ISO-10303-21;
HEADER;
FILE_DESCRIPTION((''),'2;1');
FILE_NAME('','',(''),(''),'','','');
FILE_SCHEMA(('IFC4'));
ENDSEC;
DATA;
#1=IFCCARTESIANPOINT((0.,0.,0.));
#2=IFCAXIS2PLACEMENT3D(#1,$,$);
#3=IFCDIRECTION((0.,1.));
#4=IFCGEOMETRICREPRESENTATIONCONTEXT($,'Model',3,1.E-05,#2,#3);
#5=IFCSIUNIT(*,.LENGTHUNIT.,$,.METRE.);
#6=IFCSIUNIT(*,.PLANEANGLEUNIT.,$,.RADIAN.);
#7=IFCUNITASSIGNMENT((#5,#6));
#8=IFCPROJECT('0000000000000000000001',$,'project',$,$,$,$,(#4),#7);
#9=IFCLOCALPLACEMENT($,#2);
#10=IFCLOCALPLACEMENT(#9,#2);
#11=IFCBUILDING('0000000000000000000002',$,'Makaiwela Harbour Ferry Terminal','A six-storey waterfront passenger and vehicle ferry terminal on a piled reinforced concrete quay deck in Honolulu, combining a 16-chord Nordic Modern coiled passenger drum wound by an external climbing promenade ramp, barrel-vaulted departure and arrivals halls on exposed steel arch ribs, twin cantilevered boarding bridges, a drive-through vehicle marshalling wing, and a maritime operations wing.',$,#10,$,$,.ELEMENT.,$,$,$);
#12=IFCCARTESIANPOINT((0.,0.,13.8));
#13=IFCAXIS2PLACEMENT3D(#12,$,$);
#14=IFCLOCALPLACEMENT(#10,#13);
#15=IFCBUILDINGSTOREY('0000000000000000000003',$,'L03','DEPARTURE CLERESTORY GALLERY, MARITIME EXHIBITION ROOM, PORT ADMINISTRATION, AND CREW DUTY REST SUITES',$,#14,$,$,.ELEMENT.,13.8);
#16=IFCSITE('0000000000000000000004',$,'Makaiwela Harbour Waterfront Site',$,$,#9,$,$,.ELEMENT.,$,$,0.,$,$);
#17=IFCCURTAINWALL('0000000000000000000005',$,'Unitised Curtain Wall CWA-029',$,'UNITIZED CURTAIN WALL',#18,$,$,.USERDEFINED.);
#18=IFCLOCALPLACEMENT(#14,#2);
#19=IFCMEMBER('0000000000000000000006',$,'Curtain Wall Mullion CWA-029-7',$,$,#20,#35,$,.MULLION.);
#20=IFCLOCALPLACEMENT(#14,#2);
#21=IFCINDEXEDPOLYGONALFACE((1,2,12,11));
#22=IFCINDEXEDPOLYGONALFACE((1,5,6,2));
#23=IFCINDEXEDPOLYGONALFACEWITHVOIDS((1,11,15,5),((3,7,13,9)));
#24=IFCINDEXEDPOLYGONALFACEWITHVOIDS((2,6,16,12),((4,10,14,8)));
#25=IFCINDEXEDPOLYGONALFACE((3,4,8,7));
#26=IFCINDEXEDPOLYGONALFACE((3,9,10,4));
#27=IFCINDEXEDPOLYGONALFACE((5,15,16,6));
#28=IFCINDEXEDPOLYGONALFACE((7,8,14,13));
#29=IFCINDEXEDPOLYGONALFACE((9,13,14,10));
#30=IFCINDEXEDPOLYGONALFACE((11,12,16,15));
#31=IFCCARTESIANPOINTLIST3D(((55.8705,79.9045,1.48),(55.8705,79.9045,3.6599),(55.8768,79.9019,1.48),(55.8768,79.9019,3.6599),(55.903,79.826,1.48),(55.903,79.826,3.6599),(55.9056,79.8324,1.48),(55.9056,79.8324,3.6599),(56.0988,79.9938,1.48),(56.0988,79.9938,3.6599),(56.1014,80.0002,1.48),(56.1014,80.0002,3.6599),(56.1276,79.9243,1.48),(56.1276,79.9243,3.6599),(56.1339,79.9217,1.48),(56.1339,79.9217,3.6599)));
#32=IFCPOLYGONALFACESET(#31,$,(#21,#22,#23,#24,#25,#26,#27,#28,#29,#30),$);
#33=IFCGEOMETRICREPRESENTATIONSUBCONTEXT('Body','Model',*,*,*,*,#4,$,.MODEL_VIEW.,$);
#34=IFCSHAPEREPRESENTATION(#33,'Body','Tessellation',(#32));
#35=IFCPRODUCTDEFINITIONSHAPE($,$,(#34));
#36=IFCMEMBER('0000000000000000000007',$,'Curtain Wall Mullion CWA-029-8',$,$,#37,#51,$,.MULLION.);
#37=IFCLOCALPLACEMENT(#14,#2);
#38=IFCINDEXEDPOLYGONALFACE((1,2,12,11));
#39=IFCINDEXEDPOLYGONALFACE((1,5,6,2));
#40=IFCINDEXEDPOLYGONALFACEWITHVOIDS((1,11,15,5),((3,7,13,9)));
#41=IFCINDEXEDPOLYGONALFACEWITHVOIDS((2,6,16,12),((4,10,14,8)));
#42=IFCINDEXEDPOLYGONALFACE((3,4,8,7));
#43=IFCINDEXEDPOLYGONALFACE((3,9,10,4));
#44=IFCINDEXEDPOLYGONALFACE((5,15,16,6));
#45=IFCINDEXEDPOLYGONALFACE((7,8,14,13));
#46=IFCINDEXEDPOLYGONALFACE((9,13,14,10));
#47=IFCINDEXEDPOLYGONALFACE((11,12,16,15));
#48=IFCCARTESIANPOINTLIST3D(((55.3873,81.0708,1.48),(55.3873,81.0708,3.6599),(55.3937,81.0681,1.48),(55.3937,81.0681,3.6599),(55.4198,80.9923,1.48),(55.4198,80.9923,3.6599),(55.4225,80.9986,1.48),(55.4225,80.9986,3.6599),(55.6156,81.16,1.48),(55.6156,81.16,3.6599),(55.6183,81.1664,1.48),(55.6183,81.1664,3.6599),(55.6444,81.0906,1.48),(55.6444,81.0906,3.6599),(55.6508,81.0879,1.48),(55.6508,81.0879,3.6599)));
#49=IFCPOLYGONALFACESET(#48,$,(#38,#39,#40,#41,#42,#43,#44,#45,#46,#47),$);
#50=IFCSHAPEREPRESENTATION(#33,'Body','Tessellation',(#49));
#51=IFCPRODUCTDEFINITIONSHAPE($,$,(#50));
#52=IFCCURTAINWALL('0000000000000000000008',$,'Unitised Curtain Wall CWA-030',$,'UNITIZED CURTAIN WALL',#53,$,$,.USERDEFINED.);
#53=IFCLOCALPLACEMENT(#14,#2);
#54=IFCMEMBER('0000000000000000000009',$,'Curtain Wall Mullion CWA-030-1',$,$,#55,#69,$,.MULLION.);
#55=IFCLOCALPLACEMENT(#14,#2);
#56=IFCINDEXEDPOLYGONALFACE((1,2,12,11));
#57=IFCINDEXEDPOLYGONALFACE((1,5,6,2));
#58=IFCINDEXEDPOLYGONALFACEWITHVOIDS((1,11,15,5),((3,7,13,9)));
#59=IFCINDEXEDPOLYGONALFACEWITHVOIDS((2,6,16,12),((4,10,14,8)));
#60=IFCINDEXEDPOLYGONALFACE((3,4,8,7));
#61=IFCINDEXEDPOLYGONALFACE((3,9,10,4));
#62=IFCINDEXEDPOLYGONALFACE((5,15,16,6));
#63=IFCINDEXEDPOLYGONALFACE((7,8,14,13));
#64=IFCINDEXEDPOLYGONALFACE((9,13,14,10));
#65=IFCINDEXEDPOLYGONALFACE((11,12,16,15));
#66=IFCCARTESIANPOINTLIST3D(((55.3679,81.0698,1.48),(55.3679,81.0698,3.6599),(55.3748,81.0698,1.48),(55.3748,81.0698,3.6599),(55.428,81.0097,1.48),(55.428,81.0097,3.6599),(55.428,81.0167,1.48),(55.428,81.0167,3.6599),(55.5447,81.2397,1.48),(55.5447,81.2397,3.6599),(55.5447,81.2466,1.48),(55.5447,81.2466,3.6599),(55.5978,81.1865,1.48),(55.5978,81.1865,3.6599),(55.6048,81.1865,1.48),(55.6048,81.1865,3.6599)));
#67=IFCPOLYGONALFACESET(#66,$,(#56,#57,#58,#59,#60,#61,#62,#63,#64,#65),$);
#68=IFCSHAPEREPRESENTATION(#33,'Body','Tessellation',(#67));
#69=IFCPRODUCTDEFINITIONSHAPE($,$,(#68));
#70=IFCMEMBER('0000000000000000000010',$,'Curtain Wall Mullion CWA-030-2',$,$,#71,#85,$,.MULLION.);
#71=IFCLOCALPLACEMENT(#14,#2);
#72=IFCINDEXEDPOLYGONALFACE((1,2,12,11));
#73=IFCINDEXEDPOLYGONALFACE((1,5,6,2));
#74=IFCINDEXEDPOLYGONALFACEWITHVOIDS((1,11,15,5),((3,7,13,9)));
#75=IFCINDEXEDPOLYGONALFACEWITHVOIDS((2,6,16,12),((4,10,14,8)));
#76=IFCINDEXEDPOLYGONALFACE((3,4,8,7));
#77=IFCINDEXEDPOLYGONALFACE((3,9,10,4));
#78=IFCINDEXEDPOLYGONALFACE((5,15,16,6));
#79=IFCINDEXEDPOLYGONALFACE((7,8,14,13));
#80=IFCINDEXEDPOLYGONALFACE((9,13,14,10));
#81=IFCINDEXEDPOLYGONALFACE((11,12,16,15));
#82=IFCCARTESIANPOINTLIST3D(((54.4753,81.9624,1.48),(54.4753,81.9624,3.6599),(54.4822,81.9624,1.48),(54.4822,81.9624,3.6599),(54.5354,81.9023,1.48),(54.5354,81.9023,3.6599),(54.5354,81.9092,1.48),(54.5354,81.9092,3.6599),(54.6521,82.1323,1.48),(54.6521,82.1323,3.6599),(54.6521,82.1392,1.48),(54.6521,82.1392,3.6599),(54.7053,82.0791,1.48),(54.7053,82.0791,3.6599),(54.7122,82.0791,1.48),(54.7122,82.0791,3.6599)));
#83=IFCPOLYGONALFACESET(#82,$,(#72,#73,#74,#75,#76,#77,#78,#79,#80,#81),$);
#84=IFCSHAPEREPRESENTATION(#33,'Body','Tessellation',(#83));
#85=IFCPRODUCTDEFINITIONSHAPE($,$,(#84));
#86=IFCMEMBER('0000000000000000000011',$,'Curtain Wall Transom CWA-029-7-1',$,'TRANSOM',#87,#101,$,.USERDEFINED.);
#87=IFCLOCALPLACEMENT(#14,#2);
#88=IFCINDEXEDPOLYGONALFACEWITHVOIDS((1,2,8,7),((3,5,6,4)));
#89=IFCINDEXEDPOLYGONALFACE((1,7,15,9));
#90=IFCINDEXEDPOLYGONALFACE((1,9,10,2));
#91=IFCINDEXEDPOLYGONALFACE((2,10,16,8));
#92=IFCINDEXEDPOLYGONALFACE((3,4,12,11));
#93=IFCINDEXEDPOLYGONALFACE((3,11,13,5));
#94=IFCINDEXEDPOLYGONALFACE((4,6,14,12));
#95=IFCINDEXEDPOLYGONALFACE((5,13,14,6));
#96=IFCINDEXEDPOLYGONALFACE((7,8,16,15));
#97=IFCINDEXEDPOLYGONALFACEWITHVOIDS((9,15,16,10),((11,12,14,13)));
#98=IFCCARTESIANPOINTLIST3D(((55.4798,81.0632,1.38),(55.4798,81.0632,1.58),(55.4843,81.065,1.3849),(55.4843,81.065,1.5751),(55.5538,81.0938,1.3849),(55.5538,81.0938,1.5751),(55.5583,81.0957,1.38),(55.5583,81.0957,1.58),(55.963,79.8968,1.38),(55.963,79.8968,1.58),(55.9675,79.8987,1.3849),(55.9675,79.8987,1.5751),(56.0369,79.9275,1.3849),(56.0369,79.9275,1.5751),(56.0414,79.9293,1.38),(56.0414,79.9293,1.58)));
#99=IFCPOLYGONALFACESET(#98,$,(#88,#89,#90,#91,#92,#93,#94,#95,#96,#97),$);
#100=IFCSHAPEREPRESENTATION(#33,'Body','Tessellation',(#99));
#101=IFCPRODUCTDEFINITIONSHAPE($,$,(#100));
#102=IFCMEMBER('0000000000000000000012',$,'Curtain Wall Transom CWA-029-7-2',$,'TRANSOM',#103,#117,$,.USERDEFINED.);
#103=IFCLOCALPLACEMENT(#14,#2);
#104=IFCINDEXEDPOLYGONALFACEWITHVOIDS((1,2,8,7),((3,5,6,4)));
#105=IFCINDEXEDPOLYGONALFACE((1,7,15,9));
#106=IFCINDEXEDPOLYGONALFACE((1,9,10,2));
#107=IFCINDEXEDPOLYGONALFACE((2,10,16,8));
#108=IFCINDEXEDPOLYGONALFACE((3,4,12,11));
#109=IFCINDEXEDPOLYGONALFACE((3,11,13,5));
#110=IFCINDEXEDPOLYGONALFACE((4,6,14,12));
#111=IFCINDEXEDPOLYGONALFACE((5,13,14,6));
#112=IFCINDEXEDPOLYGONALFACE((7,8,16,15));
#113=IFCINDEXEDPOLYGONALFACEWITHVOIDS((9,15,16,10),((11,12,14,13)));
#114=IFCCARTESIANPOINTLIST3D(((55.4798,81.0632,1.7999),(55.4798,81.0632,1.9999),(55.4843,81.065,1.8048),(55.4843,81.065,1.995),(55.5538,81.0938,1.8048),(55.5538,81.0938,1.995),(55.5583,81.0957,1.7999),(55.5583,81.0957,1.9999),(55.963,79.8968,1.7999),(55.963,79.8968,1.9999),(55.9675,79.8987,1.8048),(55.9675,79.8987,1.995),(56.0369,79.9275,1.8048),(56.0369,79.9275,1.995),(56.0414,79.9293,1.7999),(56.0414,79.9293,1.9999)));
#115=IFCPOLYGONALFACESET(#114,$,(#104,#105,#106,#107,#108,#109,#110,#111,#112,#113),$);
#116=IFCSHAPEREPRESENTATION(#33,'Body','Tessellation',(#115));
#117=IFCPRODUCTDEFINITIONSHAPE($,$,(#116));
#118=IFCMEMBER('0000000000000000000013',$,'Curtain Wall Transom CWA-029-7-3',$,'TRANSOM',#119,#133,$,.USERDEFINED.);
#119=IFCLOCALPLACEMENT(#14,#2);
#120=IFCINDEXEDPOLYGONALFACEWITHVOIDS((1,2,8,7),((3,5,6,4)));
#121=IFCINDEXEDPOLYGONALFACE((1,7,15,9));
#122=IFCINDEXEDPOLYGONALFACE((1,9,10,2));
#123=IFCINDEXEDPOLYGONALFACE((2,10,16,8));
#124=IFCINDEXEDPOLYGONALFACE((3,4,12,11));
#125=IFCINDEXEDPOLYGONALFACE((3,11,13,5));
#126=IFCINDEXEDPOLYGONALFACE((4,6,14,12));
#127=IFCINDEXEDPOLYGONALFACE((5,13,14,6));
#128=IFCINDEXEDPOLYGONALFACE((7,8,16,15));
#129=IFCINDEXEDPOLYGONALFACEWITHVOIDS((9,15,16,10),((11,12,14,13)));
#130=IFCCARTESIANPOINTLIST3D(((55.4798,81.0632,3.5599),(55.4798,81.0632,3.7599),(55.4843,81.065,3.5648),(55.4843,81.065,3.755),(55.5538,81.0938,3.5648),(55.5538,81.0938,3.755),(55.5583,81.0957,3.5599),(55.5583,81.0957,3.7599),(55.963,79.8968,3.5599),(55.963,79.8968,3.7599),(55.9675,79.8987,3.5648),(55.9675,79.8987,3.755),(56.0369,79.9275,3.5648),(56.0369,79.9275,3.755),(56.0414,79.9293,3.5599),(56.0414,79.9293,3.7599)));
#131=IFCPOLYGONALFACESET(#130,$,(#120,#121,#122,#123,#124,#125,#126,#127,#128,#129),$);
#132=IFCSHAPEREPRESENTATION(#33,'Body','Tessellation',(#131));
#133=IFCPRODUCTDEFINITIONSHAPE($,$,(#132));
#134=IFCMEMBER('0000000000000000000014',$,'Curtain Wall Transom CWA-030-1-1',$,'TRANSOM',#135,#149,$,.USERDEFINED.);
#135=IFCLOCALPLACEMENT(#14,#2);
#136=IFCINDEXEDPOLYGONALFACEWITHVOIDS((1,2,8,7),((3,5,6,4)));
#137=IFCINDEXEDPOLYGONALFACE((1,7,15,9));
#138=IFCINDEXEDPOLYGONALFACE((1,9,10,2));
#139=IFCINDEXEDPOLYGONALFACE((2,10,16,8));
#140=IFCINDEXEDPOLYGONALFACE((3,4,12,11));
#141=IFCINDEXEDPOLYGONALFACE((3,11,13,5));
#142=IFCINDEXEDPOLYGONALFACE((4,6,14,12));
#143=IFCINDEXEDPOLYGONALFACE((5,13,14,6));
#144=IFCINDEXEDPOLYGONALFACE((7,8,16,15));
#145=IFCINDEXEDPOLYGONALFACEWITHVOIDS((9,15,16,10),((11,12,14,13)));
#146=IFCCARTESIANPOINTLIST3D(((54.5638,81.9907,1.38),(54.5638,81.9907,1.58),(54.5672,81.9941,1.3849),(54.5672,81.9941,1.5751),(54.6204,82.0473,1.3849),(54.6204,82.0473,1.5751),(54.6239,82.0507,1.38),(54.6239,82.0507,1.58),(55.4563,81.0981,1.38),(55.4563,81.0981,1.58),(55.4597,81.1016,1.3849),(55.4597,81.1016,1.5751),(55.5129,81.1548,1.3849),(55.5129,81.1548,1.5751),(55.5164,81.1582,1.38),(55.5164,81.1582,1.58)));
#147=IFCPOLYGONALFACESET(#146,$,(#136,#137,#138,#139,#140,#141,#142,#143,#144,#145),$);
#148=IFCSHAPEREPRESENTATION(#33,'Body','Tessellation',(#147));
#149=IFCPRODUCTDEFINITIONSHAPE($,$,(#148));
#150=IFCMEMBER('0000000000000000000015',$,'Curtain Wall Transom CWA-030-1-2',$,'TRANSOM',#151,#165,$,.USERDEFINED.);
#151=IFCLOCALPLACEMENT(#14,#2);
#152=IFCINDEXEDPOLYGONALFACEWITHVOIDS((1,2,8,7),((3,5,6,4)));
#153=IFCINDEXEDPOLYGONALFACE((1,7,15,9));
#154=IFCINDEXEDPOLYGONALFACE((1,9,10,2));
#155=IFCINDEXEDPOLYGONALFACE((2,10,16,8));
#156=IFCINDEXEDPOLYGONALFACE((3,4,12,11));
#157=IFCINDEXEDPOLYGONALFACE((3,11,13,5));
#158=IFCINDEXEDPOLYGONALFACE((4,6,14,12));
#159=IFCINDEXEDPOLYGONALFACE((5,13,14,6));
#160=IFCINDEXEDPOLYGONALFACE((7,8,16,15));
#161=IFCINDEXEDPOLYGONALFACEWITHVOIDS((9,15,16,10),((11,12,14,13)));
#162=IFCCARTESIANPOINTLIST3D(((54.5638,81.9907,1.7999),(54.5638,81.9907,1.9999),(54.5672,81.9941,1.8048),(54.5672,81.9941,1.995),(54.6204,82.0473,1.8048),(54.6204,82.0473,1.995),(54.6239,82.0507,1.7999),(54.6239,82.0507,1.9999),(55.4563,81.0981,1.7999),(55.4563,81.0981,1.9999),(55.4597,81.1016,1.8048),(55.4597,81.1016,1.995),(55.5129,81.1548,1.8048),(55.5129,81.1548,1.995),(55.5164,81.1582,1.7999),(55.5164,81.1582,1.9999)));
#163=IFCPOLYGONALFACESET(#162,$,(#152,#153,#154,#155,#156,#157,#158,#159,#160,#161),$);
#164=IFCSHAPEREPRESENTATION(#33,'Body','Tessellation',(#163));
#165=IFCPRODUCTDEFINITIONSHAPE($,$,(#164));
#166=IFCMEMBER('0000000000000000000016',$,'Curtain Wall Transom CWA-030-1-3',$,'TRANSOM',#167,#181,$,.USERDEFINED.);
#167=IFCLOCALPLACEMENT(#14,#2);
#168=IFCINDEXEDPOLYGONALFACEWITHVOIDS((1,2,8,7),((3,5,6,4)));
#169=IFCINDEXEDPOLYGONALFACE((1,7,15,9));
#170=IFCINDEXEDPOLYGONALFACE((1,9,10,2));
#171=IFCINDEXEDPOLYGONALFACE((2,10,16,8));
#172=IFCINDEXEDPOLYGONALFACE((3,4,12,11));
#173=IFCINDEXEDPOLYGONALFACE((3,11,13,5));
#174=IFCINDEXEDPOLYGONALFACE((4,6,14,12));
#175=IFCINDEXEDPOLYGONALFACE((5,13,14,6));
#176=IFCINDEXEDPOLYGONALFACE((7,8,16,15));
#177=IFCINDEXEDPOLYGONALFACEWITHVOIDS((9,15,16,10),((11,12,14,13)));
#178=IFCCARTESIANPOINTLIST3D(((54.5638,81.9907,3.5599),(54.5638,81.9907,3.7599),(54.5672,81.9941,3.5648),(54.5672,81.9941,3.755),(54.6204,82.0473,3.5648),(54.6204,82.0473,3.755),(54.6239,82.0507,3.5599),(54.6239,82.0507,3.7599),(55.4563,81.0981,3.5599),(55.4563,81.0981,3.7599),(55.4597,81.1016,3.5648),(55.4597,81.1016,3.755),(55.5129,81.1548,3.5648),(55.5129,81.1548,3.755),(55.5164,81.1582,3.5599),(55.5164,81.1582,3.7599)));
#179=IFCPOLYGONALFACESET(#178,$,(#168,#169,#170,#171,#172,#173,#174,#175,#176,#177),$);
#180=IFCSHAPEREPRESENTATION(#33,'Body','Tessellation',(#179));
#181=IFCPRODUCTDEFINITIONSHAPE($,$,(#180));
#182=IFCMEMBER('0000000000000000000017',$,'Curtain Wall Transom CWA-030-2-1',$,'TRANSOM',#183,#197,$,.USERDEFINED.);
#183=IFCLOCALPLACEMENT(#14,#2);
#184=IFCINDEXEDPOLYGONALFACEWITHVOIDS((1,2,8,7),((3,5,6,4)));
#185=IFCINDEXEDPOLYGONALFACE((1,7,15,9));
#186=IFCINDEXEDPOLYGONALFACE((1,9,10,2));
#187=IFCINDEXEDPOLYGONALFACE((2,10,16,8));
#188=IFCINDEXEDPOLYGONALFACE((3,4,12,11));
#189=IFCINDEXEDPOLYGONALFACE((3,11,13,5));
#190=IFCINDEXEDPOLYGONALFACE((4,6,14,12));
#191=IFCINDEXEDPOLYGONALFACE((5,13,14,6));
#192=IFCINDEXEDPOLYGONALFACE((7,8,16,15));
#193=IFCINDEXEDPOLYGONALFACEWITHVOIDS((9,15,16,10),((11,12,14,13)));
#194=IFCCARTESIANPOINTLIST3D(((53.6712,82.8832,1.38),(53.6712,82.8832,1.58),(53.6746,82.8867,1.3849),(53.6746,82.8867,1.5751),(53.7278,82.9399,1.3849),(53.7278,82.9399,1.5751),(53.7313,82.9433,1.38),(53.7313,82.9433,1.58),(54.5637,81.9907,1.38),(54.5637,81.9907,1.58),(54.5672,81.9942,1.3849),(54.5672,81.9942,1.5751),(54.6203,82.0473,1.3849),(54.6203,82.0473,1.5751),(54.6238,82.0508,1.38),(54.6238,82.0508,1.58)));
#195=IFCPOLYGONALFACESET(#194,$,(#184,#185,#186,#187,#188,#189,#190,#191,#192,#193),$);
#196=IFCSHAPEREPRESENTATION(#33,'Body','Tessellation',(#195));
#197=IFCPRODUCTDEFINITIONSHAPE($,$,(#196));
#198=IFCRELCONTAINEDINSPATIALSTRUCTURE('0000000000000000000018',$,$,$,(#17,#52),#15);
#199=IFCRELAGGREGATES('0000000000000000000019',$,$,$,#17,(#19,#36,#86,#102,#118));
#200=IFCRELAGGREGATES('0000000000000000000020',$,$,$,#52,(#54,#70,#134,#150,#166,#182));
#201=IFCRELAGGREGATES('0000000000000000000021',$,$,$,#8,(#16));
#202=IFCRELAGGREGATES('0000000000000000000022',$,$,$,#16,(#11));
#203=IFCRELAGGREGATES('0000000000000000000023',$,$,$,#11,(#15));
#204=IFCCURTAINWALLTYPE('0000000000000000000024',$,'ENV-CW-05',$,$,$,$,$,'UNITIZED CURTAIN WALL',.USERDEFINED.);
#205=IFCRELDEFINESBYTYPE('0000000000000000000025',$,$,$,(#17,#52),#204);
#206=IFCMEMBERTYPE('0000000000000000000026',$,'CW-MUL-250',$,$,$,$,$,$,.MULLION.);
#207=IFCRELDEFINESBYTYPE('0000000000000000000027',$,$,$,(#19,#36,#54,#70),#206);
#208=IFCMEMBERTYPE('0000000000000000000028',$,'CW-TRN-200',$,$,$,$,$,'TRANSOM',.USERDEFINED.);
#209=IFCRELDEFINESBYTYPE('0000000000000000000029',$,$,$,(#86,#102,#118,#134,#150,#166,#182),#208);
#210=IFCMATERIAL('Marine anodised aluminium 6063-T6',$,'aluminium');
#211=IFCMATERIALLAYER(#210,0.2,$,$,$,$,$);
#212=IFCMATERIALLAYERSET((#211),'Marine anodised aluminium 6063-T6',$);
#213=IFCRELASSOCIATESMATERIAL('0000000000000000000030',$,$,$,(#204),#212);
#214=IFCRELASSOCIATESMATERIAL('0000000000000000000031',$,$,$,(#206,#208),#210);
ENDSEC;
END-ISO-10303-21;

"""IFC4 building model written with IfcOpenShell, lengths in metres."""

from ifc_helpers import new_model, si_unit, direction, frame, origin, origin_2d, place, context, subcontext, project, spatial, hollow_rectangle, extrude, material, layer, layer_set, material_profile, profile_set, type_object, element, aggregate, save


model = new_model("IFC4")

# Units and contexts
model_context = context("Model", 3, precision=1e-05, world=origin(), true_north=direction((0.0, 1.0)))
body_context = subcontext(model_context, "Body", "Model", "MODEL_VIEW")
ifc_project = project(units=[si_unit("LENGTHUNIT", "METRE"), si_unit("PLANEANGLEUNIT", "RADIAN")], contexts=[model_context])

# Site, building, storey
site_placement = place(None, origin())
site = spatial("IfcSite", under=ifc_project, at=site_placement, Name="Makaiwela Harbour Waterfront Site", CompositionType="ELEMENT", RefElevation=0.0)
building_placement = place(site_placement, origin())
building = spatial("IfcBuilding", under=site, at=building_placement, Name="Makaiwela Harbour Ferry Terminal", Description="A six-storey waterfront passenger and vehicle ferry terminal on a piled reinforced concrete quay deck in Honolulu, combining a 16-chord Nordic Modern coiled passenger drum wound by an external climbing promenade ramp, barrel-vaulted departure and arrivals halls on exposed steel arch ribs, twin cantilevered boarding bridges, a drive-through vehicle marshalling wing, and a maritime operations wing.", CompositionType="ELEMENT")
storey_placement = place(building_placement, frame((0.0, 0.0, 13.8)))
storey = spatial("IfcBuildingStorey", under=building, at=storey_placement, Name="L03", Description="DEPARTURE CLERESTORY GALLERY, MARITIME EXHIBITION ROOM, PORT ADMINISTRATION, AND CREW DUTY REST SUITES", CompositionType="ELEMENT", Elevation=13.8)

# Curtain walls, members
ifc_material_1 = material(Name="Marine anodised aluminium 6063-T6", Category="aluminium")
ifc_layer_1 = layer(ifc_material_1, 0.2)
ifc_layer_set_1 = layer_set([ifc_layer_1], Name="Marine anodised aluminium 6063-T6")
curtain_wall_type = type_object("IfcCurtainWallType", Name="ENV-CW-05", ElementType="UNITIZED CURTAIN WALL", PredefinedType="USERDEFINED", material=ifc_layer_set_1)
curtain_wall_1_placement = place(storey_placement, origin())
curtain_wall_1 = element("IfcCurtainWall", 1, at=curtain_wall_1_placement, inside=storey, type_object=curtain_wall_type, Name="Unitised Curtain Wall CWA-029", ObjectType="UNITIZED CURTAIN WALL", PredefinedType="USERDEFINED")
ifc_material_profile_1 = material_profile(ifc_material_1, hollow_rectangle(XDim=0.085, YDim=0.25, WallThickness=0.0049, at=origin_2d()), Name="CWM-250X85")
ifc_profile_set_1 = profile_set([ifc_material_profile_1], Name="Marine anodised aluminium 6063-T6")
member_type_1 = type_object("IfcMemberType", Name="CW-MUL-250", PredefinedType="MULLION", material=ifc_profile_set_1)
member_1_placement = place(storey_placement, frame((56.0022, 79.9131, 1.48), z_axis=(0.0, 0.0, 1.0), x_axis=(-0.382683, 0.92388, 0.0)))
member_1 = element("IfcMember", 2, at=member_1_placement, type_object=member_type_1, Name="Curtain Wall Mullion CWA-029-7", PredefinedType="MULLION", context=body_context, shape_type="SweptSolid", body=[
    extrude(hollow_rectangle(XDim=0.085, YDim=0.25, WallThickness=0.0049, at=origin_2d()), origin(), (0.0, 0.0, 1.0), 2.1799),
])
member_2_placement = place(storey_placement, frame((55.519, 81.0793, 1.48), z_axis=(0.0, 0.0, 1.0), x_axis=(-0.382683, 0.92388, 0.0)))
member_2 = element("IfcMember", 3, at=member_2_placement, type_object=member_type_1, Name="Curtain Wall Mullion CWA-029-8", PredefinedType="MULLION", context=body_context, shape_type="SweptSolid", body=[
    extrude(hollow_rectangle(XDim=0.085, YDim=0.25, WallThickness=0.0049, at=origin_2d()), origin(), (0.0, 0.0, 1.0), 2.1799),
])
curtain_wall_2_placement = place(storey_placement, origin())
curtain_wall_2 = element("IfcCurtainWall", 4, at=curtain_wall_2_placement, inside=storey, type_object=curtain_wall_type, Name="Unitised Curtain Wall CWA-030", ObjectType="UNITIZED CURTAIN WALL", PredefinedType="USERDEFINED")
member_3_placement = place(storey_placement, frame((55.4863, 81.1282, 1.48), z_axis=(0.0, 0.0, 1.0), x_axis=(-0.707107, 0.707107, 0.0)))
member_3 = element("IfcMember", 5, at=member_3_placement, type_object=member_type_1, Name="Curtain Wall Mullion CWA-030-1", PredefinedType="MULLION", context=body_context, shape_type="SweptSolid", body=[
    extrude(hollow_rectangle(XDim=0.085, YDim=0.25, WallThickness=0.0049, at=origin_2d()), origin(), (0.0, 0.0, 1.0), 2.1799),
])
member_4_placement = place(storey_placement, frame((54.5938, 82.0208, 1.48), z_axis=(0.0, 0.0, 1.0), x_axis=(-0.707107, 0.707107, 0.0)))
member_4 = element("IfcMember", 6, at=member_4_placement, type_object=member_type_1, Name="Curtain Wall Mullion CWA-030-2", PredefinedType="MULLION", context=body_context, shape_type="SweptSolid", body=[
    extrude(hollow_rectangle(XDim=0.085, YDim=0.25, WallThickness=0.0049, at=origin_2d()), origin(), (0.0, 0.0, 1.0), 2.1799),
])

# Members
ifc_material_profile_2 = material_profile(ifc_material_1, hollow_rectangle(XDim=0.085, YDim=0.2, WallThickness=0.0049, at=origin_2d()), Name="CWT-200X85")
ifc_profile_set_2 = profile_set([ifc_material_profile_2], Name="Marine anodised aluminium 6063-T6")
member_type_2 = type_object("IfcMemberType", Name="CW-TRN-200", ElementType="TRANSOM", PredefinedType="USERDEFINED", material=ifc_profile_set_2)
member_5_placement = place(storey_placement, frame((56.0022, 79.9131, 1.48), z_axis=(-0.382733, 0.923859, 0.0), x_axis=(-0.923859, -0.382733, 0.0)))
member_5 = element("IfcMember", 7, at=member_5_placement, type_object=member_type_2, Name="Curtain Wall Transom CWA-029-7-1", ObjectType="TRANSOM", PredefinedType="USERDEFINED", context=body_context, shape_type="SweptSolid", body=[
    extrude(hollow_rectangle(XDim=0.085, YDim=0.2, WallThickness=0.0049, at=origin_2d()), origin(), (0.0, 0.0, 1.0), 1.2625),
])
member_6_placement = place(storey_placement, frame((56.0022, 79.9131, 1.8999), z_axis=(-0.382733, 0.923859, 0.0), x_axis=(-0.923859, -0.382733, 0.0)))
member_6 = element("IfcMember", 8, at=member_6_placement, type_object=member_type_2, Name="Curtain Wall Transom CWA-029-7-2", ObjectType="TRANSOM", PredefinedType="USERDEFINED", context=body_context, shape_type="SweptSolid", body=[
    extrude(hollow_rectangle(XDim=0.085, YDim=0.2, WallThickness=0.0049, at=origin_2d()), origin(), (0.0, 0.0, 1.0), 1.2625),
])
member_7_placement = place(storey_placement, frame((56.0022, 79.9131, 3.6599), z_axis=(-0.382733, 0.923859, 0.0), x_axis=(-0.923859, -0.382733, 0.0)))
member_7 = element("IfcMember", 9, at=member_7_placement, type_object=member_type_2, Name="Curtain Wall Transom CWA-029-7-3", ObjectType="TRANSOM", PredefinedType="USERDEFINED", context=body_context, shape_type="SweptSolid", body=[
    extrude(hollow_rectangle(XDim=0.085, YDim=0.2, WallThickness=0.0049, at=origin_2d()), origin(), (0.0, 0.0, 1.0), 1.2625),
])
member_8_placement = place(storey_placement, frame((55.4863, 81.1282, 1.48), z_axis=(-0.707107, 0.707107, 0.0), x_axis=(-0.707107, -0.707107, 0.0)))
member_8 = element("IfcMember", 10, at=member_8_placement, type_object=member_type_2, Name="Curtain Wall Transom CWA-030-1-1", ObjectType="TRANSOM", PredefinedType="USERDEFINED", context=body_context, shape_type="SweptSolid", body=[
    extrude(hollow_rectangle(XDim=0.085, YDim=0.2, WallThickness=0.0049, at=origin_2d()), origin(), (0.0, 0.0, 1.0), 1.2622),
])
member_9_placement = place(storey_placement, frame((55.4863, 81.1282, 1.8999), z_axis=(-0.707107, 0.707107, 0.0), x_axis=(-0.707107, -0.707107, 0.0)))
member_9 = element("IfcMember", 11, at=member_9_placement, type_object=member_type_2, Name="Curtain Wall Transom CWA-030-1-2", ObjectType="TRANSOM", PredefinedType="USERDEFINED", context=body_context, shape_type="SweptSolid", body=[
    extrude(hollow_rectangle(XDim=0.085, YDim=0.2, WallThickness=0.0049, at=origin_2d()), origin(), (0.0, 0.0, 1.0), 1.2622),
])
member_10_placement = place(storey_placement, frame((55.4863, 81.1282, 3.6599), z_axis=(-0.707107, 0.707107, 0.0), x_axis=(-0.707107, -0.707107, 0.0)))
member_10 = element("IfcMember", 12, at=member_10_placement, type_object=member_type_2, Name="Curtain Wall Transom CWA-030-1-3", ObjectType="TRANSOM", PredefinedType="USERDEFINED", context=body_context, shape_type="SweptSolid", body=[
    extrude(hollow_rectangle(XDim=0.085, YDim=0.2, WallThickness=0.0049, at=origin_2d()), origin(), (0.0, 0.0, 1.0), 1.2622),
])
member_11_placement = place(storey_placement, frame((54.5938, 82.0208, 1.48), z_axis=(-0.707107, 0.707107, 0.0), x_axis=(-0.707107, -0.707107, 0.0)))
member_11 = element("IfcMember", 13, at=member_11_placement, type_object=member_type_2, Name="Curtain Wall Transom CWA-030-2-1", ObjectType="TRANSOM", PredefinedType="USERDEFINED", context=body_context, shape_type="SweptSolid", body=[
    extrude(hollow_rectangle(XDim=0.085, YDim=0.2, WallThickness=0.0049, at=origin_2d()), origin(), (0.0, 0.0, 1.0), 1.2622),
])

aggregate(curtain_wall_1, [member_1, member_2, member_5, member_6, member_7])
aggregate(curtain_wall_2, [member_3, member_4, member_8, member_9, member_10, member_11])

save(model, "model.ifc")
